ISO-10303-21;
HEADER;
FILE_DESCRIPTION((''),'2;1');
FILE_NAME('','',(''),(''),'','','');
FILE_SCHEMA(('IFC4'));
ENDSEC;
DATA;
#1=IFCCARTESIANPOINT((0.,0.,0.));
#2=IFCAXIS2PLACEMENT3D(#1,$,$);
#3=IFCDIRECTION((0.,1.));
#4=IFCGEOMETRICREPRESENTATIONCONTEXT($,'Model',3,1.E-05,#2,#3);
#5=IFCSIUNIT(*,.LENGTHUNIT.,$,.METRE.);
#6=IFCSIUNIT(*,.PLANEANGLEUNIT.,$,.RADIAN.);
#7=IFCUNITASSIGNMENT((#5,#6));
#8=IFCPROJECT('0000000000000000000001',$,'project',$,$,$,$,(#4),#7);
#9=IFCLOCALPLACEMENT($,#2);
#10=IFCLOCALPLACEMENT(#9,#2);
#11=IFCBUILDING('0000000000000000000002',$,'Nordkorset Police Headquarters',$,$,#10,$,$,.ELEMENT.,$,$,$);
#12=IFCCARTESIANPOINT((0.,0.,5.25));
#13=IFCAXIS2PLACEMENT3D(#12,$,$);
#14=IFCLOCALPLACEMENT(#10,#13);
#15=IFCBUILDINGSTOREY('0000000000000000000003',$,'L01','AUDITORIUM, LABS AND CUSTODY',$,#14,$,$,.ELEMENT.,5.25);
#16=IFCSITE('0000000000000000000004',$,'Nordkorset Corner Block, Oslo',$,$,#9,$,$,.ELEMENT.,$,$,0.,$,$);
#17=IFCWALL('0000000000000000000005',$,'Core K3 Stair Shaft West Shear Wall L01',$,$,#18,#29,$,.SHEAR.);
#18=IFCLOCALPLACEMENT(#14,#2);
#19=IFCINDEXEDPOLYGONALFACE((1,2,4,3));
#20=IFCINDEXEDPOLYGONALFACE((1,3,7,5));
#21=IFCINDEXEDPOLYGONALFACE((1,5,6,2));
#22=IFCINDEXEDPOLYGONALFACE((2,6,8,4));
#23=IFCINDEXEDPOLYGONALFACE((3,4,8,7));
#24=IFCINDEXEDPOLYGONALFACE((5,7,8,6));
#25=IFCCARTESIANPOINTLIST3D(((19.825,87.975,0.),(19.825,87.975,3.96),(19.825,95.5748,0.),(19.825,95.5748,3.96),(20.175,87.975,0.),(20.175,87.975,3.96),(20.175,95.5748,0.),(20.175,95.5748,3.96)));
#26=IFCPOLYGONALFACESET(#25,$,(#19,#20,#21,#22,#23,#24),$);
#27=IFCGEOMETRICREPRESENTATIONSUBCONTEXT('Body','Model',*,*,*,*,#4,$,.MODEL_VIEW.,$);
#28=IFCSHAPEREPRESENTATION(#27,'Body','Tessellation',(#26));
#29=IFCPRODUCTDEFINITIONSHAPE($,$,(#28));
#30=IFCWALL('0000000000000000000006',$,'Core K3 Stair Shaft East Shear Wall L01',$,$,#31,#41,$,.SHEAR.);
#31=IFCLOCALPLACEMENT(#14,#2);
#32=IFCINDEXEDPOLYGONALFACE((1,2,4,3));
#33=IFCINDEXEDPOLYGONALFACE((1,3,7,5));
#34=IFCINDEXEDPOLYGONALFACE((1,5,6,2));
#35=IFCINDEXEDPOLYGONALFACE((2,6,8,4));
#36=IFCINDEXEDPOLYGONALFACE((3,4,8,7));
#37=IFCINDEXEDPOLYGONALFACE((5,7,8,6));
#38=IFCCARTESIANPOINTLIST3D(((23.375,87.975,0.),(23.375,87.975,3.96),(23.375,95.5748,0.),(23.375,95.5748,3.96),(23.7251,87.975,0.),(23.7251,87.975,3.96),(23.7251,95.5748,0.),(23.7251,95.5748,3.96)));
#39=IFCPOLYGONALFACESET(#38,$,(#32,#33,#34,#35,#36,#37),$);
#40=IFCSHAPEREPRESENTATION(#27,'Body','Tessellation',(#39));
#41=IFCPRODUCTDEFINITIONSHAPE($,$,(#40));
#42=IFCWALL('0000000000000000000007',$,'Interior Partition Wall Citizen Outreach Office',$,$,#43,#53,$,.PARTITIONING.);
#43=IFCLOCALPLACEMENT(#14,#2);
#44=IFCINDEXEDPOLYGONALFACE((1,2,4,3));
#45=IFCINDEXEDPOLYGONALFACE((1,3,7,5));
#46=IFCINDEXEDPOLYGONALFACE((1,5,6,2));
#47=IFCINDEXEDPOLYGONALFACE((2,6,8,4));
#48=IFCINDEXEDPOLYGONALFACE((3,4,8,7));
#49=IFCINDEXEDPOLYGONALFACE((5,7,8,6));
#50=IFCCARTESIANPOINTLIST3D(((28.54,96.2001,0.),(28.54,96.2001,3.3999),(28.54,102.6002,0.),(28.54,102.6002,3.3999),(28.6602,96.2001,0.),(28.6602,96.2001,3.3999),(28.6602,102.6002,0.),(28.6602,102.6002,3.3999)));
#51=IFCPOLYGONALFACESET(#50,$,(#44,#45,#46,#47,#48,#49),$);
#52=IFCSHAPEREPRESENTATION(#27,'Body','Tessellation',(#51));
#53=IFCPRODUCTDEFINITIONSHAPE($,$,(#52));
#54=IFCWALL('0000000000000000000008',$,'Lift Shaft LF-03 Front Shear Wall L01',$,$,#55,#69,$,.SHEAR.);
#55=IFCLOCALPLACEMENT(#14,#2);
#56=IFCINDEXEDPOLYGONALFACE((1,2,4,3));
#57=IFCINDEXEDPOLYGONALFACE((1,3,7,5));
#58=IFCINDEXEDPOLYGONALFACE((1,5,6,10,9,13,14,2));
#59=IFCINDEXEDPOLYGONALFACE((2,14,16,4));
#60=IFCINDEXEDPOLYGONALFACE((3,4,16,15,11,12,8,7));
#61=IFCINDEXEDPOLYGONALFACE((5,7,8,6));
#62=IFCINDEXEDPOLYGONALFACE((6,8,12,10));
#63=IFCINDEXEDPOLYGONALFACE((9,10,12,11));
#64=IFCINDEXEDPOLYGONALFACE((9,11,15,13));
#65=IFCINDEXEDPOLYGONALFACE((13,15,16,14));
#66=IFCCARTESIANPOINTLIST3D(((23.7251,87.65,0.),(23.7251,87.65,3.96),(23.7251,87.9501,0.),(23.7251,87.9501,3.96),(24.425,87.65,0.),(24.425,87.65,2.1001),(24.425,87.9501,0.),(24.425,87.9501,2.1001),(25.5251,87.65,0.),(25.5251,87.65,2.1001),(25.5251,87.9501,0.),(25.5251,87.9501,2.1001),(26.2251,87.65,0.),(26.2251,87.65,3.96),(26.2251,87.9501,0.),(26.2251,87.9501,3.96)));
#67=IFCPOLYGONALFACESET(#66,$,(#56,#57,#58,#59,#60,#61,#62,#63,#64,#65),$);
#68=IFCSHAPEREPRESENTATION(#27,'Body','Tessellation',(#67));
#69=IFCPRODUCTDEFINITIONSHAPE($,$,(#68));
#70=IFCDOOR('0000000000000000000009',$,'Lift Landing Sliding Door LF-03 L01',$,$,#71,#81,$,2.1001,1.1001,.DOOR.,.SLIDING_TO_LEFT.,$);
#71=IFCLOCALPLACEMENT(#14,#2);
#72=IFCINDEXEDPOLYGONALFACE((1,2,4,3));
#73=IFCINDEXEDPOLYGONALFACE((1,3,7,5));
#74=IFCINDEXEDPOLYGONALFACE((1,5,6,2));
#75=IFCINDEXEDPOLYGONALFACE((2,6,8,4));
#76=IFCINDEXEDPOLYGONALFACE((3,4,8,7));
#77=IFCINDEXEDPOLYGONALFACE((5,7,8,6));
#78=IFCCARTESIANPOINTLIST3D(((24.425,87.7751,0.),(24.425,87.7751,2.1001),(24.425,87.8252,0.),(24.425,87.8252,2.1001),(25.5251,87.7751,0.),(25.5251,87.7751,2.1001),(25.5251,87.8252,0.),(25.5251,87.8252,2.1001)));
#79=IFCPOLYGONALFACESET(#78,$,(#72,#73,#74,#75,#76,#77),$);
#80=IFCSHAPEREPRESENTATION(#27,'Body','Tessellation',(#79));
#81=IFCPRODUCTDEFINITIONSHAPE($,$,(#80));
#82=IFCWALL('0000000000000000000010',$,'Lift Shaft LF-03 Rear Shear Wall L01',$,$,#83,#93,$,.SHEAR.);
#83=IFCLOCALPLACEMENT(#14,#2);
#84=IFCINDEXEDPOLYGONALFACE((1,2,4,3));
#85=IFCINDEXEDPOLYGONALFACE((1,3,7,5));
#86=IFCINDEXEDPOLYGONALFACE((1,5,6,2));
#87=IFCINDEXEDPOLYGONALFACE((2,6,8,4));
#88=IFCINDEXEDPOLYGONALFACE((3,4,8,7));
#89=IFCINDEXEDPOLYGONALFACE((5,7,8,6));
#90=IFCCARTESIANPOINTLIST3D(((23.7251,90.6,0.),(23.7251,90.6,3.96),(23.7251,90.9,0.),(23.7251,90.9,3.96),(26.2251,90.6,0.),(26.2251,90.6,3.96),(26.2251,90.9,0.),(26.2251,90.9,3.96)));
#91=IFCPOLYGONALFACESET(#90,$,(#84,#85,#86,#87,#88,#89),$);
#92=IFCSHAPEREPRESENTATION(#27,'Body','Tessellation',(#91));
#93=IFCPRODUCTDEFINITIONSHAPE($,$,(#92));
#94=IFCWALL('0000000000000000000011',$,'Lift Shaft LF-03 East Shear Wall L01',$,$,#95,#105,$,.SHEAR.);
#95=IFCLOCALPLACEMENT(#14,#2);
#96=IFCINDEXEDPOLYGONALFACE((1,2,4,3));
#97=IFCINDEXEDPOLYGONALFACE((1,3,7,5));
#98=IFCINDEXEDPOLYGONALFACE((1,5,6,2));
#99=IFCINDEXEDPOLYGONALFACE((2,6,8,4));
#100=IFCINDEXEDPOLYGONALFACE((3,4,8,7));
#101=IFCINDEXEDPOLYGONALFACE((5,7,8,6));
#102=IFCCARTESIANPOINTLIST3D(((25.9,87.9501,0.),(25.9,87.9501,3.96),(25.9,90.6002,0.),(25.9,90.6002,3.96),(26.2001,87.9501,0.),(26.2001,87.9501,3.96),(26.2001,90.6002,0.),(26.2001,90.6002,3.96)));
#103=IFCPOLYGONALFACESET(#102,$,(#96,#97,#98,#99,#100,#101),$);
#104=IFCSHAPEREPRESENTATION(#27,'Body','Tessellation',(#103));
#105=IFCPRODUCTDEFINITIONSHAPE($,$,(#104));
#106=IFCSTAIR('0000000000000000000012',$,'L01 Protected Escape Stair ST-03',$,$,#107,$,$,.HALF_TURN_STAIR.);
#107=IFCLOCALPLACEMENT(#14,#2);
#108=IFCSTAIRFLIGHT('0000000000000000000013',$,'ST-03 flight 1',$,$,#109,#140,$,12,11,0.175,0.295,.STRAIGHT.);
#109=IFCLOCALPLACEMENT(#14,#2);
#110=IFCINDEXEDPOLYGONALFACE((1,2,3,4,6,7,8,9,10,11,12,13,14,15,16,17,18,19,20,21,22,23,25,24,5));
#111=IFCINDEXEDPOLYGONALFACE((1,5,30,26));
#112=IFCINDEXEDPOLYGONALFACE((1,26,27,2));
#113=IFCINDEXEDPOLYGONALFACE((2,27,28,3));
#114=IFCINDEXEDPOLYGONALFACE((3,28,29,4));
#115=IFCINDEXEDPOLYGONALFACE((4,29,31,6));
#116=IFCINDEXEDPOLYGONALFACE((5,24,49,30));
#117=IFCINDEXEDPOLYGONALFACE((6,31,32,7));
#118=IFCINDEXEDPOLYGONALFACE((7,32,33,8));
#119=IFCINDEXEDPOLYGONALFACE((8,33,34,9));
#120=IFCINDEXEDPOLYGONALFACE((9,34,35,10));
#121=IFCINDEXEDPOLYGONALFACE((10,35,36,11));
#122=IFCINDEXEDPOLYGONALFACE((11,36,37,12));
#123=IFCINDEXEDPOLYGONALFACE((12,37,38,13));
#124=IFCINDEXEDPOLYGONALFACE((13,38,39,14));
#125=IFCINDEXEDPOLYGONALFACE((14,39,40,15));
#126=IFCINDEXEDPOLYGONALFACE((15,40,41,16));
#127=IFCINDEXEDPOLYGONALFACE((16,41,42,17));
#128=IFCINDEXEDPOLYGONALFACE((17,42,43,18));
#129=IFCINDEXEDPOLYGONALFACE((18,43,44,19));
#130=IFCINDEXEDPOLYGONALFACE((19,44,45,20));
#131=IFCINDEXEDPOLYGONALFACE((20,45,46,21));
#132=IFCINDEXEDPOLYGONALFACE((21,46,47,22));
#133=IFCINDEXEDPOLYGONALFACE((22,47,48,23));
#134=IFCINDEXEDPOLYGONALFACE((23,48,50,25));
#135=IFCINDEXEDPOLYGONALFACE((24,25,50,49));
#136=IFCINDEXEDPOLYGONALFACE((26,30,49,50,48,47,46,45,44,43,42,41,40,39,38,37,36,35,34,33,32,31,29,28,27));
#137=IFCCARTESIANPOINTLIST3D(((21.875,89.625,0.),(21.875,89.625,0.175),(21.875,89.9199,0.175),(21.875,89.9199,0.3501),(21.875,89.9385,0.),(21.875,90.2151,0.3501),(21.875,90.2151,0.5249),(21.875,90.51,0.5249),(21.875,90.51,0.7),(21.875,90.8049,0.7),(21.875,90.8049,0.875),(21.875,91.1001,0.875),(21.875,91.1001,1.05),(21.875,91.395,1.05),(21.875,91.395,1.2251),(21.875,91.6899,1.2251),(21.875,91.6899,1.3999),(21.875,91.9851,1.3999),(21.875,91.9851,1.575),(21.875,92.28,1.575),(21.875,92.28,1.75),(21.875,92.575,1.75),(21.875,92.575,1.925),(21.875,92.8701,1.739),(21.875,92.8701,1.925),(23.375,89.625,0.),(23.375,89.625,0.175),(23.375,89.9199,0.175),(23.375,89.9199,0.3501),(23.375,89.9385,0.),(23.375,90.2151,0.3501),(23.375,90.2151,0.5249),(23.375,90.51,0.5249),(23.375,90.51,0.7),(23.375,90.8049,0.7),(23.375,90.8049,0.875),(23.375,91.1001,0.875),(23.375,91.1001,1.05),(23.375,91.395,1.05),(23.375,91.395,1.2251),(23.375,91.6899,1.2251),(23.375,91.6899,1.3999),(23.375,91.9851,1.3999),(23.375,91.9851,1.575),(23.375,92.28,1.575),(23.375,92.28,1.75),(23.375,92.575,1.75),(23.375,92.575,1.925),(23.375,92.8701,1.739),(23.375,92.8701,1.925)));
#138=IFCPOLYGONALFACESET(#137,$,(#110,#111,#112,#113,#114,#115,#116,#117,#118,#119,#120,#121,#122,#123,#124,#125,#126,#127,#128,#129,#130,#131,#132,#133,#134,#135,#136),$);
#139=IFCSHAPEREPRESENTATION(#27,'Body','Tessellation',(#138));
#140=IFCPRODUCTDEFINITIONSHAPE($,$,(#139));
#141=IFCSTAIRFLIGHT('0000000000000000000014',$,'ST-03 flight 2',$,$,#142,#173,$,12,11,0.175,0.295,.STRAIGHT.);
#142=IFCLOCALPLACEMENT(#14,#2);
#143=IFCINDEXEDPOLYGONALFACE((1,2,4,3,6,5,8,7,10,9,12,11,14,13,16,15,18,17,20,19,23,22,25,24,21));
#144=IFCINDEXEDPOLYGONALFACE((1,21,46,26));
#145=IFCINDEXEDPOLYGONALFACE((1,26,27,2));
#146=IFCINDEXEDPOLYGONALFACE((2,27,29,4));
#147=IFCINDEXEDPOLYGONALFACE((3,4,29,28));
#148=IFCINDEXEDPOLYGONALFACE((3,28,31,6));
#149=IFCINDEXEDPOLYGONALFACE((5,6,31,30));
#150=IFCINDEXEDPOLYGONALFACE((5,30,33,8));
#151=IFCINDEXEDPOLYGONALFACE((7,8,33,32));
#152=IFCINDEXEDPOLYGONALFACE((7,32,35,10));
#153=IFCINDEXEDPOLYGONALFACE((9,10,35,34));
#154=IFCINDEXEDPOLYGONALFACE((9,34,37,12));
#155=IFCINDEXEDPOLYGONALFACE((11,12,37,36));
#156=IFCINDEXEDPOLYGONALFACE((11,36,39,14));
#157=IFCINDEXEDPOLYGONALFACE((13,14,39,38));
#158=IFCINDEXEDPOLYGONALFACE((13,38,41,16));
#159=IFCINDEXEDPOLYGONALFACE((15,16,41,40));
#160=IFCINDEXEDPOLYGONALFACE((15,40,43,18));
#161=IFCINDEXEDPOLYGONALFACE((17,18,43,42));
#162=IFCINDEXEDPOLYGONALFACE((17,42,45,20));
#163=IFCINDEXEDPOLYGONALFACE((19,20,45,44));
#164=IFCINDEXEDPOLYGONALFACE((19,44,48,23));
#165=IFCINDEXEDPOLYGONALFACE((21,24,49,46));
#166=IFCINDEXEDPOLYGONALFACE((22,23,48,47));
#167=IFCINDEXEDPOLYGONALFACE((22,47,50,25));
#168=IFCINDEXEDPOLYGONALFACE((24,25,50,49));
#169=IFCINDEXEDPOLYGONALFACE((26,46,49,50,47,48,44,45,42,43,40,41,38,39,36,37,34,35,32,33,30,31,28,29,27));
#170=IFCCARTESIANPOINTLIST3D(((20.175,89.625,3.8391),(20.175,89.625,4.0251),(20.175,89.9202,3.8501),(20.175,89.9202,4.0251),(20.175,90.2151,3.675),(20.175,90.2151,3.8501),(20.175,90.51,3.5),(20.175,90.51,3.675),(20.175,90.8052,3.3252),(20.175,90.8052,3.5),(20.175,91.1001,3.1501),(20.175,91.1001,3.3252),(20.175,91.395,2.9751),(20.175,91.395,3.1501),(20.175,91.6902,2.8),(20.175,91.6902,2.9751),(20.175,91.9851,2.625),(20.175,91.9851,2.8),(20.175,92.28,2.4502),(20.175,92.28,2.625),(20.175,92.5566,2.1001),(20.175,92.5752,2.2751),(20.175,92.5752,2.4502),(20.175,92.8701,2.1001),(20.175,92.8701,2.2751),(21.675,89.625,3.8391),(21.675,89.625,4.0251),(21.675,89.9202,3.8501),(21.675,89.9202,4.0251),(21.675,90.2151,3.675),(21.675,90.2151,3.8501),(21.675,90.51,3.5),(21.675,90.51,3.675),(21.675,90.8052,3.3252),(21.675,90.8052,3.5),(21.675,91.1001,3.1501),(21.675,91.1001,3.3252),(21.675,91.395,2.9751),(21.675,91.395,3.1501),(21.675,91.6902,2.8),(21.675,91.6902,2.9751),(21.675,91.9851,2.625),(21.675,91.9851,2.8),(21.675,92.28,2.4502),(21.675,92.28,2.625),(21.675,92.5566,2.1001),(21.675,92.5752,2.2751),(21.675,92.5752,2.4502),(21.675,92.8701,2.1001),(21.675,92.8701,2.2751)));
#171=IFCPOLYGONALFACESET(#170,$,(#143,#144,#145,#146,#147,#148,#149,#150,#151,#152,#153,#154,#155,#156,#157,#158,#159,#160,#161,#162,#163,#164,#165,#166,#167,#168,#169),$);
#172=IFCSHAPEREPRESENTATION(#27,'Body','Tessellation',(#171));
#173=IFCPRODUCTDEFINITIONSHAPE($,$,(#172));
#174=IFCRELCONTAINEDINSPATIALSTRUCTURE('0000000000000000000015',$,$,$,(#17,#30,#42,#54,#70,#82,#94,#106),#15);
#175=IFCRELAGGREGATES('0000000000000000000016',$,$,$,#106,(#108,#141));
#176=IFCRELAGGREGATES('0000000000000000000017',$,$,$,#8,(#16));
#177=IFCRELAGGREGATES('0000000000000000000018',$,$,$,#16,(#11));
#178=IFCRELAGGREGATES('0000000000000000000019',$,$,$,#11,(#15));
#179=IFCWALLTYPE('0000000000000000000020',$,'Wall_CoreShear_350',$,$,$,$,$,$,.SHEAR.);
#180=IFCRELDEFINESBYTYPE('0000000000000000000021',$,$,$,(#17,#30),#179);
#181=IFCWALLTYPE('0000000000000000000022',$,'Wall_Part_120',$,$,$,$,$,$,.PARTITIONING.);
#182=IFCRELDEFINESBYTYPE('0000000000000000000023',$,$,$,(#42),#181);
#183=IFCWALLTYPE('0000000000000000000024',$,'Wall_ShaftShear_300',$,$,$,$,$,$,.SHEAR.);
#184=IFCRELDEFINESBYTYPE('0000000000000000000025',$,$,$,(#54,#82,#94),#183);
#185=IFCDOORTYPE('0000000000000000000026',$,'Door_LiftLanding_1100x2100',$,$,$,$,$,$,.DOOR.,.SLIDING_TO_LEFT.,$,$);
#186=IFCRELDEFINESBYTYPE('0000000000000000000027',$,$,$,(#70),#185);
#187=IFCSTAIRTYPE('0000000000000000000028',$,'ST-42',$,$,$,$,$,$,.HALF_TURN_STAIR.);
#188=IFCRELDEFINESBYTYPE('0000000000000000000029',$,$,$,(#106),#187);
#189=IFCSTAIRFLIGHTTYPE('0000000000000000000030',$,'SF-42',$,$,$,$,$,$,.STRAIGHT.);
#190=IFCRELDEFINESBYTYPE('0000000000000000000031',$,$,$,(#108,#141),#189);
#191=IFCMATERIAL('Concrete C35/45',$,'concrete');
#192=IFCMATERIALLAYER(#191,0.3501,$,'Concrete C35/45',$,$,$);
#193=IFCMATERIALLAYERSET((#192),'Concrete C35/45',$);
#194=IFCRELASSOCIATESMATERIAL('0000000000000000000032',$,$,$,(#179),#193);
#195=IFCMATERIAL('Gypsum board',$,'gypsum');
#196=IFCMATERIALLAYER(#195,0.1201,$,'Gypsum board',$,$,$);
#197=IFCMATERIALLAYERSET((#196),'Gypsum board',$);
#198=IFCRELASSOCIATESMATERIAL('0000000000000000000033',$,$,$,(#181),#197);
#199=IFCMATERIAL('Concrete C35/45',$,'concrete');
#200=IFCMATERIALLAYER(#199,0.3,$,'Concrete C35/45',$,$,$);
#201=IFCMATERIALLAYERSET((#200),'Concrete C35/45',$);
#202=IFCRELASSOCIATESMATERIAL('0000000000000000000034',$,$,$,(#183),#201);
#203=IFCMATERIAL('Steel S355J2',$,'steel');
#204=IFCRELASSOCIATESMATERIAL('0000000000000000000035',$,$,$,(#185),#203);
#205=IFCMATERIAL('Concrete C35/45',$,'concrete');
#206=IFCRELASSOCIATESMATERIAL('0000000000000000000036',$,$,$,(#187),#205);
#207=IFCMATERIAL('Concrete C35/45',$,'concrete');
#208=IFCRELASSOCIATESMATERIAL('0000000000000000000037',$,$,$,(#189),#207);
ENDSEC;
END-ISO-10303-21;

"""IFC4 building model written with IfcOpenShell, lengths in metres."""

from ifc_helpers import new_model, si_unit, direction, frame, frame_2d, origin, place, context, subcontext, project, spatial, polyline, rectangle, outline, extrude, material, layer, layer_set, type_object, element, fill, aggregate, save


model = new_model("IFC4")

# Units and contexts
model_context = context("Model", 3, precision=1e-05, world=origin(), true_north=direction((0.0, 1.0)))
body_context = subcontext(model_context, "Body", "Model", "MODEL_VIEW")
ifc_project = project(units=[si_unit("LENGTHUNIT", "METRE"), si_unit("PLANEANGLEUNIT", "RADIAN")], contexts=[model_context])

# Site, building, storey
site_placement = place(None, origin())
site = spatial("IfcSite", under=ifc_project, at=site_placement, Name="Nordkorset Corner Block, Oslo", CompositionType="ELEMENT", RefElevation=0.0)
building_placement = place(site_placement, origin())
building = spatial("IfcBuilding", under=site, at=building_placement, Name="Nordkorset Police Headquarters", CompositionType="ELEMENT")
storey_placement = place(building_placement, frame((0.0, 0.0, 5.25)))
storey = spatial("IfcBuildingStorey", under=building, at=storey_placement, Name="L01", Description="AUDITORIUM, LABS AND CUSTODY", CompositionType="ELEMENT", Elevation=5.25)

# Shared definitions
ifc_material_1 = material(Name="Concrete C35/45", Category="concrete")
ifc_layer_1 = layer(ifc_material_1, 0.3501, Name="Concrete C35/45")
ifc_layer_set_1 = layer_set([ifc_layer_1], Name="Concrete C35/45")
wall_type_1 = type_object("IfcWallType", Name="Wall_CoreShear_350", PredefinedType="SHEAR", material=ifc_layer_set_1)

# Walls
for number, where, z_axis, x_axis, name in (
    (1, (20.0, 87.9751, 0.0), (0.0, 0.0, 1.0), (0.0, 1.0, 0.0), "Core K3 Stair Shaft West Shear Wall L01"),
    (2, (23.55, 87.9751, 0.0), (0.0, 0.0, 1.0), (0.0, 1.0, 0.0), "Core K3 Stair Shaft East Shear Wall L01"),
):
    element("IfcWall", number, at=place(storey_placement, frame(where, z_axis=z_axis, x_axis=x_axis)), inside=storey, type_object=wall_type_1, Name=name, PredefinedType="SHEAR", context=body_context, shape_type="SweptSolid", body=[
        extrude(rectangle(XDim=7.5999, YDim=0.3501, at=frame_2d((3.7998, 0.0))), origin(), (0.0, 0.0, 1.0), 3.96),
    ])
ifc_material_2 = material(Name="Gypsum board", Category="gypsum")
ifc_layer_2 = layer(ifc_material_2, 0.1201, Name="Gypsum board")
ifc_layer_set_2 = layer_set([ifc_layer_2], Name="Gypsum board")
wall_type_2 = type_object("IfcWallType", Name="Wall_Part_120", PredefinedType="PARTITIONING", material=ifc_layer_set_2)
wall_1_placement = place(storey_placement, frame((28.6001, 96.2, 0.0), z_axis=(0.0, 0.0, 1.0), x_axis=(0.0, 1.0, 0.0)))
element("IfcWall", 3, at=wall_1_placement, inside=storey, type_object=wall_type_2, Name="Interior Partition Wall Citizen Outreach Office", PredefinedType="PARTITIONING", context=body_context, shape_type="SweptSolid", body=[
    extrude(rectangle(XDim=6.4001, YDim=0.1201, at=frame_2d((3.2002, 0.0))), origin(), (0.0, 0.0, 1.0), 3.3999),
])

# Wall, opening, door
ifc_material_3 = material(Name="Concrete C35/45", Category="concrete")
ifc_layer_3 = layer(ifc_material_3, 0.3, Name="Concrete C35/45")
ifc_layer_set_3 = layer_set([ifc_layer_3], Name="Concrete C35/45")
wall_type_3 = type_object("IfcWallType", Name="Wall_ShaftShear_300", PredefinedType="SHEAR", material=ifc_layer_set_3)
wall_2_placement = place(storey_placement, frame((23.7251, 87.8, 0.0), z_axis=(0.0, 0.0, 1.0), x_axis=(1.0, 0.0, 0.0)))
wall_2 = element("IfcWall", 4, at=wall_2_placement, inside=storey, type_object=wall_type_3, Name="Lift Shaft LF-03 Front Shear Wall L01", PredefinedType="SHEAR", context=body_context, shape_type="SweptSolid", body=[
    extrude(rectangle(XDim=2.5, YDim=0.3, at=frame_2d((1.25, 0.0))), origin(), (0.0, 0.0, 1.0), 3.96),
])
opening_1_placement = place(wall_2_placement, frame((0.7, 0.0, 0.0)))
opening_1 = element("IfcOpeningElement", 5, at=opening_1_placement, cuts=wall_2, PredefinedType="OPENING", context=body_context, shape_type="SweptSolid", body=[
    extrude(rectangle(XDim=1.1001, YDim=2.1001, at=frame_2d((0.55, 1.05))), frame((0.0, 0.1602, 0.0), z_axis=(0.0, -1.0, 0.0), x_axis=(1.0, 0.0, 0.0)), (0.0, 0.0, 1.0), 0.3201),
])
ifc_material_4 = material(Name="Steel S355J2", Category="steel")
door_type_1 = type_object("IfcDoorType", Name="Door_LiftLanding_1100x2100", OperationType="SLIDING_TO_LEFT", PredefinedType="DOOR", material=ifc_material_4)
door_1_placement = place(opening_1_placement, frame((1.1001, 0.0, 0.0), z_axis=(0.0, 0.0, 1.0), x_axis=(-1.0, 0.0, 0.0)))
door_1 = element("IfcDoor", 6, at=door_1_placement, inside=storey, type_object=door_type_1, Name="Lift Landing Sliding Door LF-03 L01", OperationType="SLIDING_TO_LEFT", OverallHeight=2.1001, OverallWidth=1.1001, PredefinedType="DOOR", context=body_context, shape_type="SweptSolid", body=[
    extrude(rectangle(XDim=1.1001, YDim=2.1001, at=frame_2d((0.55, 1.05))), frame((0.0, 0.0249, 0.0), z_axis=(0.0, -1.0, 0.0), x_axis=(1.0, 0.0, 0.0)), (0.0, 0.0, 1.0), 0.05),
])
fill(opening_1, door_1)

# Walls
wall_3_placement = place(storey_placement, frame((23.7251, 90.75, 0.0), z_axis=(0.0, 0.0, 1.0), x_axis=(1.0, 0.0, 0.0)))
element("IfcWall", 7, at=wall_3_placement, inside=storey, type_object=wall_type_3, Name="Lift Shaft LF-03 Rear Shear Wall L01", PredefinedType="SHEAR", context=body_context, shape_type="SweptSolid", body=[
    extrude(rectangle(XDim=2.5, YDim=0.3, at=frame_2d((1.25, 0.0))), origin(), (0.0, 0.0, 1.0), 3.96),
])
wall_4_placement = place(storey_placement, frame((26.05, 87.95, 0.0), z_axis=(0.0, 0.0, 1.0), x_axis=(0.0, 1.0, 0.0)))
element("IfcWall", 8, at=wall_4_placement, inside=storey, type_object=wall_type_3, Name="Lift Shaft LF-03 East Shear Wall L01", PredefinedType="SHEAR", context=body_context, shape_type="SweptSolid", body=[
    extrude(rectangle(XDim=2.6501, YDim=0.3, at=frame_2d((1.3252, 0.0))), origin(), (0.0, 0.0, 1.0), 3.96),
])

# Stair, stair flights
ifc_material_5 = material(Name="Concrete C35/45", Category="concrete")
stair_type = type_object("IfcStairType", Name="ST-42", PredefinedType="HALF_TURN_STAIR", material=ifc_material_5)
stair_placement = place(storey_placement, origin())
stair = element("IfcStair", 9, at=stair_placement, inside=storey, type_object=stair_type, Name="L01 Protected Escape Stair ST-03", PredefinedType="HALF_TURN_STAIR")
ifc_material_6 = material(Name="Concrete C35/45", Category="concrete")
stair_flight_type = type_object("IfcStairFlightType", Name="SF-42", PredefinedType="STRAIGHT", material=ifc_material_6)
stair_flight_1_placement = place(storey_placement, frame((22.625, 89.625, 0.0), z_axis=(0.0, 0.0, 1.0), x_axis=(0.0, 1.0, 0.0)))
stair_flight_1 = element("IfcStairFlight", 10, at=stair_flight_1_placement, type_object=stair_flight_type, Name="ST-03 flight 1", NumberOfRisers=12, NumberOfTreads=11, PredefinedType="STRAIGHT", RiserHeight=0.175, TreadLength=0.295, context=body_context, shape_type="SweptSolid", body=[
    extrude(outline(polyline([(0.0, 0.0), (0.0, 0.175), (0.2949, 0.175), (0.2949, 0.3501), (0.5901, 0.3501), (0.5901, 0.5249), (0.885, 0.5249), (0.885, 0.7), (1.1799, 0.7), (1.1799, 0.875), (1.4751, 0.875), (1.4751, 1.05), (1.77, 1.05), (1.77, 1.2251), (2.0649, 1.2251), (2.0649, 1.3999), (2.3601, 1.3999), (2.3601, 1.575), (2.655, 1.575), (2.655, 1.75), (2.95, 1.75), (2.95, 1.925), (3.2451, 1.925), (3.2451, 2.1001), (3.2451, 1.739), (0.3135, 0.0), (0.0, 0.0)])), frame((0.0, 0.75, 0.0), z_axis=(0.0, -1.0, 0.0), x_axis=(1.0, 0.0, 0.0)), (0.0, 0.0, 1.0), 1.5),
])
stair_flight_2_placement = place(storey_placement, frame((20.925, 92.8701, 2.1001), z_axis=(0.0, 0.0, 1.0), x_axis=(0.0, -1.0, 0.0)))
stair_flight_2 = element("IfcStairFlight", 11, at=stair_flight_2_placement, type_object=stair_flight_type, Name="ST-03 flight 2", NumberOfRisers=12, NumberOfTreads=11, PredefinedType="STRAIGHT", RiserHeight=0.175, TreadLength=0.295, context=body_context, shape_type="SweptSolid", body=[
    extrude(outline(polyline([(0.0, 0.0), (0.0, 0.175), (0.2949, 0.175), (0.2949, 0.3501), (0.5901, 0.3501), (0.5901, 0.5249), (0.885, 0.5249), (0.885, 0.7), (1.1799, 0.7), (1.1799, 0.875), (1.4751, 0.875), (1.4751, 1.05), (1.77, 1.05), (1.77, 1.2251), (2.0649, 1.2251), (2.0649, 1.3999), (2.3601, 1.3999), (2.3601, 1.575), (2.655, 1.575), (2.655, 1.75), (2.95, 1.75), (2.95, 1.925), (3.2451, 1.925), (3.2451, 2.1001), (3.2451, 1.739), (0.3135, 0.0), (0.0, 0.0)])), frame((0.0, 0.75, 0.0), z_axis=(0.0, -1.0, 0.0), x_axis=(1.0, 0.0, 0.0)), (0.0, 0.0, 1.0), 1.5),
])
aggregate(stair, [stair_flight_1, stair_flight_2])

save(model, "model.ifc")
